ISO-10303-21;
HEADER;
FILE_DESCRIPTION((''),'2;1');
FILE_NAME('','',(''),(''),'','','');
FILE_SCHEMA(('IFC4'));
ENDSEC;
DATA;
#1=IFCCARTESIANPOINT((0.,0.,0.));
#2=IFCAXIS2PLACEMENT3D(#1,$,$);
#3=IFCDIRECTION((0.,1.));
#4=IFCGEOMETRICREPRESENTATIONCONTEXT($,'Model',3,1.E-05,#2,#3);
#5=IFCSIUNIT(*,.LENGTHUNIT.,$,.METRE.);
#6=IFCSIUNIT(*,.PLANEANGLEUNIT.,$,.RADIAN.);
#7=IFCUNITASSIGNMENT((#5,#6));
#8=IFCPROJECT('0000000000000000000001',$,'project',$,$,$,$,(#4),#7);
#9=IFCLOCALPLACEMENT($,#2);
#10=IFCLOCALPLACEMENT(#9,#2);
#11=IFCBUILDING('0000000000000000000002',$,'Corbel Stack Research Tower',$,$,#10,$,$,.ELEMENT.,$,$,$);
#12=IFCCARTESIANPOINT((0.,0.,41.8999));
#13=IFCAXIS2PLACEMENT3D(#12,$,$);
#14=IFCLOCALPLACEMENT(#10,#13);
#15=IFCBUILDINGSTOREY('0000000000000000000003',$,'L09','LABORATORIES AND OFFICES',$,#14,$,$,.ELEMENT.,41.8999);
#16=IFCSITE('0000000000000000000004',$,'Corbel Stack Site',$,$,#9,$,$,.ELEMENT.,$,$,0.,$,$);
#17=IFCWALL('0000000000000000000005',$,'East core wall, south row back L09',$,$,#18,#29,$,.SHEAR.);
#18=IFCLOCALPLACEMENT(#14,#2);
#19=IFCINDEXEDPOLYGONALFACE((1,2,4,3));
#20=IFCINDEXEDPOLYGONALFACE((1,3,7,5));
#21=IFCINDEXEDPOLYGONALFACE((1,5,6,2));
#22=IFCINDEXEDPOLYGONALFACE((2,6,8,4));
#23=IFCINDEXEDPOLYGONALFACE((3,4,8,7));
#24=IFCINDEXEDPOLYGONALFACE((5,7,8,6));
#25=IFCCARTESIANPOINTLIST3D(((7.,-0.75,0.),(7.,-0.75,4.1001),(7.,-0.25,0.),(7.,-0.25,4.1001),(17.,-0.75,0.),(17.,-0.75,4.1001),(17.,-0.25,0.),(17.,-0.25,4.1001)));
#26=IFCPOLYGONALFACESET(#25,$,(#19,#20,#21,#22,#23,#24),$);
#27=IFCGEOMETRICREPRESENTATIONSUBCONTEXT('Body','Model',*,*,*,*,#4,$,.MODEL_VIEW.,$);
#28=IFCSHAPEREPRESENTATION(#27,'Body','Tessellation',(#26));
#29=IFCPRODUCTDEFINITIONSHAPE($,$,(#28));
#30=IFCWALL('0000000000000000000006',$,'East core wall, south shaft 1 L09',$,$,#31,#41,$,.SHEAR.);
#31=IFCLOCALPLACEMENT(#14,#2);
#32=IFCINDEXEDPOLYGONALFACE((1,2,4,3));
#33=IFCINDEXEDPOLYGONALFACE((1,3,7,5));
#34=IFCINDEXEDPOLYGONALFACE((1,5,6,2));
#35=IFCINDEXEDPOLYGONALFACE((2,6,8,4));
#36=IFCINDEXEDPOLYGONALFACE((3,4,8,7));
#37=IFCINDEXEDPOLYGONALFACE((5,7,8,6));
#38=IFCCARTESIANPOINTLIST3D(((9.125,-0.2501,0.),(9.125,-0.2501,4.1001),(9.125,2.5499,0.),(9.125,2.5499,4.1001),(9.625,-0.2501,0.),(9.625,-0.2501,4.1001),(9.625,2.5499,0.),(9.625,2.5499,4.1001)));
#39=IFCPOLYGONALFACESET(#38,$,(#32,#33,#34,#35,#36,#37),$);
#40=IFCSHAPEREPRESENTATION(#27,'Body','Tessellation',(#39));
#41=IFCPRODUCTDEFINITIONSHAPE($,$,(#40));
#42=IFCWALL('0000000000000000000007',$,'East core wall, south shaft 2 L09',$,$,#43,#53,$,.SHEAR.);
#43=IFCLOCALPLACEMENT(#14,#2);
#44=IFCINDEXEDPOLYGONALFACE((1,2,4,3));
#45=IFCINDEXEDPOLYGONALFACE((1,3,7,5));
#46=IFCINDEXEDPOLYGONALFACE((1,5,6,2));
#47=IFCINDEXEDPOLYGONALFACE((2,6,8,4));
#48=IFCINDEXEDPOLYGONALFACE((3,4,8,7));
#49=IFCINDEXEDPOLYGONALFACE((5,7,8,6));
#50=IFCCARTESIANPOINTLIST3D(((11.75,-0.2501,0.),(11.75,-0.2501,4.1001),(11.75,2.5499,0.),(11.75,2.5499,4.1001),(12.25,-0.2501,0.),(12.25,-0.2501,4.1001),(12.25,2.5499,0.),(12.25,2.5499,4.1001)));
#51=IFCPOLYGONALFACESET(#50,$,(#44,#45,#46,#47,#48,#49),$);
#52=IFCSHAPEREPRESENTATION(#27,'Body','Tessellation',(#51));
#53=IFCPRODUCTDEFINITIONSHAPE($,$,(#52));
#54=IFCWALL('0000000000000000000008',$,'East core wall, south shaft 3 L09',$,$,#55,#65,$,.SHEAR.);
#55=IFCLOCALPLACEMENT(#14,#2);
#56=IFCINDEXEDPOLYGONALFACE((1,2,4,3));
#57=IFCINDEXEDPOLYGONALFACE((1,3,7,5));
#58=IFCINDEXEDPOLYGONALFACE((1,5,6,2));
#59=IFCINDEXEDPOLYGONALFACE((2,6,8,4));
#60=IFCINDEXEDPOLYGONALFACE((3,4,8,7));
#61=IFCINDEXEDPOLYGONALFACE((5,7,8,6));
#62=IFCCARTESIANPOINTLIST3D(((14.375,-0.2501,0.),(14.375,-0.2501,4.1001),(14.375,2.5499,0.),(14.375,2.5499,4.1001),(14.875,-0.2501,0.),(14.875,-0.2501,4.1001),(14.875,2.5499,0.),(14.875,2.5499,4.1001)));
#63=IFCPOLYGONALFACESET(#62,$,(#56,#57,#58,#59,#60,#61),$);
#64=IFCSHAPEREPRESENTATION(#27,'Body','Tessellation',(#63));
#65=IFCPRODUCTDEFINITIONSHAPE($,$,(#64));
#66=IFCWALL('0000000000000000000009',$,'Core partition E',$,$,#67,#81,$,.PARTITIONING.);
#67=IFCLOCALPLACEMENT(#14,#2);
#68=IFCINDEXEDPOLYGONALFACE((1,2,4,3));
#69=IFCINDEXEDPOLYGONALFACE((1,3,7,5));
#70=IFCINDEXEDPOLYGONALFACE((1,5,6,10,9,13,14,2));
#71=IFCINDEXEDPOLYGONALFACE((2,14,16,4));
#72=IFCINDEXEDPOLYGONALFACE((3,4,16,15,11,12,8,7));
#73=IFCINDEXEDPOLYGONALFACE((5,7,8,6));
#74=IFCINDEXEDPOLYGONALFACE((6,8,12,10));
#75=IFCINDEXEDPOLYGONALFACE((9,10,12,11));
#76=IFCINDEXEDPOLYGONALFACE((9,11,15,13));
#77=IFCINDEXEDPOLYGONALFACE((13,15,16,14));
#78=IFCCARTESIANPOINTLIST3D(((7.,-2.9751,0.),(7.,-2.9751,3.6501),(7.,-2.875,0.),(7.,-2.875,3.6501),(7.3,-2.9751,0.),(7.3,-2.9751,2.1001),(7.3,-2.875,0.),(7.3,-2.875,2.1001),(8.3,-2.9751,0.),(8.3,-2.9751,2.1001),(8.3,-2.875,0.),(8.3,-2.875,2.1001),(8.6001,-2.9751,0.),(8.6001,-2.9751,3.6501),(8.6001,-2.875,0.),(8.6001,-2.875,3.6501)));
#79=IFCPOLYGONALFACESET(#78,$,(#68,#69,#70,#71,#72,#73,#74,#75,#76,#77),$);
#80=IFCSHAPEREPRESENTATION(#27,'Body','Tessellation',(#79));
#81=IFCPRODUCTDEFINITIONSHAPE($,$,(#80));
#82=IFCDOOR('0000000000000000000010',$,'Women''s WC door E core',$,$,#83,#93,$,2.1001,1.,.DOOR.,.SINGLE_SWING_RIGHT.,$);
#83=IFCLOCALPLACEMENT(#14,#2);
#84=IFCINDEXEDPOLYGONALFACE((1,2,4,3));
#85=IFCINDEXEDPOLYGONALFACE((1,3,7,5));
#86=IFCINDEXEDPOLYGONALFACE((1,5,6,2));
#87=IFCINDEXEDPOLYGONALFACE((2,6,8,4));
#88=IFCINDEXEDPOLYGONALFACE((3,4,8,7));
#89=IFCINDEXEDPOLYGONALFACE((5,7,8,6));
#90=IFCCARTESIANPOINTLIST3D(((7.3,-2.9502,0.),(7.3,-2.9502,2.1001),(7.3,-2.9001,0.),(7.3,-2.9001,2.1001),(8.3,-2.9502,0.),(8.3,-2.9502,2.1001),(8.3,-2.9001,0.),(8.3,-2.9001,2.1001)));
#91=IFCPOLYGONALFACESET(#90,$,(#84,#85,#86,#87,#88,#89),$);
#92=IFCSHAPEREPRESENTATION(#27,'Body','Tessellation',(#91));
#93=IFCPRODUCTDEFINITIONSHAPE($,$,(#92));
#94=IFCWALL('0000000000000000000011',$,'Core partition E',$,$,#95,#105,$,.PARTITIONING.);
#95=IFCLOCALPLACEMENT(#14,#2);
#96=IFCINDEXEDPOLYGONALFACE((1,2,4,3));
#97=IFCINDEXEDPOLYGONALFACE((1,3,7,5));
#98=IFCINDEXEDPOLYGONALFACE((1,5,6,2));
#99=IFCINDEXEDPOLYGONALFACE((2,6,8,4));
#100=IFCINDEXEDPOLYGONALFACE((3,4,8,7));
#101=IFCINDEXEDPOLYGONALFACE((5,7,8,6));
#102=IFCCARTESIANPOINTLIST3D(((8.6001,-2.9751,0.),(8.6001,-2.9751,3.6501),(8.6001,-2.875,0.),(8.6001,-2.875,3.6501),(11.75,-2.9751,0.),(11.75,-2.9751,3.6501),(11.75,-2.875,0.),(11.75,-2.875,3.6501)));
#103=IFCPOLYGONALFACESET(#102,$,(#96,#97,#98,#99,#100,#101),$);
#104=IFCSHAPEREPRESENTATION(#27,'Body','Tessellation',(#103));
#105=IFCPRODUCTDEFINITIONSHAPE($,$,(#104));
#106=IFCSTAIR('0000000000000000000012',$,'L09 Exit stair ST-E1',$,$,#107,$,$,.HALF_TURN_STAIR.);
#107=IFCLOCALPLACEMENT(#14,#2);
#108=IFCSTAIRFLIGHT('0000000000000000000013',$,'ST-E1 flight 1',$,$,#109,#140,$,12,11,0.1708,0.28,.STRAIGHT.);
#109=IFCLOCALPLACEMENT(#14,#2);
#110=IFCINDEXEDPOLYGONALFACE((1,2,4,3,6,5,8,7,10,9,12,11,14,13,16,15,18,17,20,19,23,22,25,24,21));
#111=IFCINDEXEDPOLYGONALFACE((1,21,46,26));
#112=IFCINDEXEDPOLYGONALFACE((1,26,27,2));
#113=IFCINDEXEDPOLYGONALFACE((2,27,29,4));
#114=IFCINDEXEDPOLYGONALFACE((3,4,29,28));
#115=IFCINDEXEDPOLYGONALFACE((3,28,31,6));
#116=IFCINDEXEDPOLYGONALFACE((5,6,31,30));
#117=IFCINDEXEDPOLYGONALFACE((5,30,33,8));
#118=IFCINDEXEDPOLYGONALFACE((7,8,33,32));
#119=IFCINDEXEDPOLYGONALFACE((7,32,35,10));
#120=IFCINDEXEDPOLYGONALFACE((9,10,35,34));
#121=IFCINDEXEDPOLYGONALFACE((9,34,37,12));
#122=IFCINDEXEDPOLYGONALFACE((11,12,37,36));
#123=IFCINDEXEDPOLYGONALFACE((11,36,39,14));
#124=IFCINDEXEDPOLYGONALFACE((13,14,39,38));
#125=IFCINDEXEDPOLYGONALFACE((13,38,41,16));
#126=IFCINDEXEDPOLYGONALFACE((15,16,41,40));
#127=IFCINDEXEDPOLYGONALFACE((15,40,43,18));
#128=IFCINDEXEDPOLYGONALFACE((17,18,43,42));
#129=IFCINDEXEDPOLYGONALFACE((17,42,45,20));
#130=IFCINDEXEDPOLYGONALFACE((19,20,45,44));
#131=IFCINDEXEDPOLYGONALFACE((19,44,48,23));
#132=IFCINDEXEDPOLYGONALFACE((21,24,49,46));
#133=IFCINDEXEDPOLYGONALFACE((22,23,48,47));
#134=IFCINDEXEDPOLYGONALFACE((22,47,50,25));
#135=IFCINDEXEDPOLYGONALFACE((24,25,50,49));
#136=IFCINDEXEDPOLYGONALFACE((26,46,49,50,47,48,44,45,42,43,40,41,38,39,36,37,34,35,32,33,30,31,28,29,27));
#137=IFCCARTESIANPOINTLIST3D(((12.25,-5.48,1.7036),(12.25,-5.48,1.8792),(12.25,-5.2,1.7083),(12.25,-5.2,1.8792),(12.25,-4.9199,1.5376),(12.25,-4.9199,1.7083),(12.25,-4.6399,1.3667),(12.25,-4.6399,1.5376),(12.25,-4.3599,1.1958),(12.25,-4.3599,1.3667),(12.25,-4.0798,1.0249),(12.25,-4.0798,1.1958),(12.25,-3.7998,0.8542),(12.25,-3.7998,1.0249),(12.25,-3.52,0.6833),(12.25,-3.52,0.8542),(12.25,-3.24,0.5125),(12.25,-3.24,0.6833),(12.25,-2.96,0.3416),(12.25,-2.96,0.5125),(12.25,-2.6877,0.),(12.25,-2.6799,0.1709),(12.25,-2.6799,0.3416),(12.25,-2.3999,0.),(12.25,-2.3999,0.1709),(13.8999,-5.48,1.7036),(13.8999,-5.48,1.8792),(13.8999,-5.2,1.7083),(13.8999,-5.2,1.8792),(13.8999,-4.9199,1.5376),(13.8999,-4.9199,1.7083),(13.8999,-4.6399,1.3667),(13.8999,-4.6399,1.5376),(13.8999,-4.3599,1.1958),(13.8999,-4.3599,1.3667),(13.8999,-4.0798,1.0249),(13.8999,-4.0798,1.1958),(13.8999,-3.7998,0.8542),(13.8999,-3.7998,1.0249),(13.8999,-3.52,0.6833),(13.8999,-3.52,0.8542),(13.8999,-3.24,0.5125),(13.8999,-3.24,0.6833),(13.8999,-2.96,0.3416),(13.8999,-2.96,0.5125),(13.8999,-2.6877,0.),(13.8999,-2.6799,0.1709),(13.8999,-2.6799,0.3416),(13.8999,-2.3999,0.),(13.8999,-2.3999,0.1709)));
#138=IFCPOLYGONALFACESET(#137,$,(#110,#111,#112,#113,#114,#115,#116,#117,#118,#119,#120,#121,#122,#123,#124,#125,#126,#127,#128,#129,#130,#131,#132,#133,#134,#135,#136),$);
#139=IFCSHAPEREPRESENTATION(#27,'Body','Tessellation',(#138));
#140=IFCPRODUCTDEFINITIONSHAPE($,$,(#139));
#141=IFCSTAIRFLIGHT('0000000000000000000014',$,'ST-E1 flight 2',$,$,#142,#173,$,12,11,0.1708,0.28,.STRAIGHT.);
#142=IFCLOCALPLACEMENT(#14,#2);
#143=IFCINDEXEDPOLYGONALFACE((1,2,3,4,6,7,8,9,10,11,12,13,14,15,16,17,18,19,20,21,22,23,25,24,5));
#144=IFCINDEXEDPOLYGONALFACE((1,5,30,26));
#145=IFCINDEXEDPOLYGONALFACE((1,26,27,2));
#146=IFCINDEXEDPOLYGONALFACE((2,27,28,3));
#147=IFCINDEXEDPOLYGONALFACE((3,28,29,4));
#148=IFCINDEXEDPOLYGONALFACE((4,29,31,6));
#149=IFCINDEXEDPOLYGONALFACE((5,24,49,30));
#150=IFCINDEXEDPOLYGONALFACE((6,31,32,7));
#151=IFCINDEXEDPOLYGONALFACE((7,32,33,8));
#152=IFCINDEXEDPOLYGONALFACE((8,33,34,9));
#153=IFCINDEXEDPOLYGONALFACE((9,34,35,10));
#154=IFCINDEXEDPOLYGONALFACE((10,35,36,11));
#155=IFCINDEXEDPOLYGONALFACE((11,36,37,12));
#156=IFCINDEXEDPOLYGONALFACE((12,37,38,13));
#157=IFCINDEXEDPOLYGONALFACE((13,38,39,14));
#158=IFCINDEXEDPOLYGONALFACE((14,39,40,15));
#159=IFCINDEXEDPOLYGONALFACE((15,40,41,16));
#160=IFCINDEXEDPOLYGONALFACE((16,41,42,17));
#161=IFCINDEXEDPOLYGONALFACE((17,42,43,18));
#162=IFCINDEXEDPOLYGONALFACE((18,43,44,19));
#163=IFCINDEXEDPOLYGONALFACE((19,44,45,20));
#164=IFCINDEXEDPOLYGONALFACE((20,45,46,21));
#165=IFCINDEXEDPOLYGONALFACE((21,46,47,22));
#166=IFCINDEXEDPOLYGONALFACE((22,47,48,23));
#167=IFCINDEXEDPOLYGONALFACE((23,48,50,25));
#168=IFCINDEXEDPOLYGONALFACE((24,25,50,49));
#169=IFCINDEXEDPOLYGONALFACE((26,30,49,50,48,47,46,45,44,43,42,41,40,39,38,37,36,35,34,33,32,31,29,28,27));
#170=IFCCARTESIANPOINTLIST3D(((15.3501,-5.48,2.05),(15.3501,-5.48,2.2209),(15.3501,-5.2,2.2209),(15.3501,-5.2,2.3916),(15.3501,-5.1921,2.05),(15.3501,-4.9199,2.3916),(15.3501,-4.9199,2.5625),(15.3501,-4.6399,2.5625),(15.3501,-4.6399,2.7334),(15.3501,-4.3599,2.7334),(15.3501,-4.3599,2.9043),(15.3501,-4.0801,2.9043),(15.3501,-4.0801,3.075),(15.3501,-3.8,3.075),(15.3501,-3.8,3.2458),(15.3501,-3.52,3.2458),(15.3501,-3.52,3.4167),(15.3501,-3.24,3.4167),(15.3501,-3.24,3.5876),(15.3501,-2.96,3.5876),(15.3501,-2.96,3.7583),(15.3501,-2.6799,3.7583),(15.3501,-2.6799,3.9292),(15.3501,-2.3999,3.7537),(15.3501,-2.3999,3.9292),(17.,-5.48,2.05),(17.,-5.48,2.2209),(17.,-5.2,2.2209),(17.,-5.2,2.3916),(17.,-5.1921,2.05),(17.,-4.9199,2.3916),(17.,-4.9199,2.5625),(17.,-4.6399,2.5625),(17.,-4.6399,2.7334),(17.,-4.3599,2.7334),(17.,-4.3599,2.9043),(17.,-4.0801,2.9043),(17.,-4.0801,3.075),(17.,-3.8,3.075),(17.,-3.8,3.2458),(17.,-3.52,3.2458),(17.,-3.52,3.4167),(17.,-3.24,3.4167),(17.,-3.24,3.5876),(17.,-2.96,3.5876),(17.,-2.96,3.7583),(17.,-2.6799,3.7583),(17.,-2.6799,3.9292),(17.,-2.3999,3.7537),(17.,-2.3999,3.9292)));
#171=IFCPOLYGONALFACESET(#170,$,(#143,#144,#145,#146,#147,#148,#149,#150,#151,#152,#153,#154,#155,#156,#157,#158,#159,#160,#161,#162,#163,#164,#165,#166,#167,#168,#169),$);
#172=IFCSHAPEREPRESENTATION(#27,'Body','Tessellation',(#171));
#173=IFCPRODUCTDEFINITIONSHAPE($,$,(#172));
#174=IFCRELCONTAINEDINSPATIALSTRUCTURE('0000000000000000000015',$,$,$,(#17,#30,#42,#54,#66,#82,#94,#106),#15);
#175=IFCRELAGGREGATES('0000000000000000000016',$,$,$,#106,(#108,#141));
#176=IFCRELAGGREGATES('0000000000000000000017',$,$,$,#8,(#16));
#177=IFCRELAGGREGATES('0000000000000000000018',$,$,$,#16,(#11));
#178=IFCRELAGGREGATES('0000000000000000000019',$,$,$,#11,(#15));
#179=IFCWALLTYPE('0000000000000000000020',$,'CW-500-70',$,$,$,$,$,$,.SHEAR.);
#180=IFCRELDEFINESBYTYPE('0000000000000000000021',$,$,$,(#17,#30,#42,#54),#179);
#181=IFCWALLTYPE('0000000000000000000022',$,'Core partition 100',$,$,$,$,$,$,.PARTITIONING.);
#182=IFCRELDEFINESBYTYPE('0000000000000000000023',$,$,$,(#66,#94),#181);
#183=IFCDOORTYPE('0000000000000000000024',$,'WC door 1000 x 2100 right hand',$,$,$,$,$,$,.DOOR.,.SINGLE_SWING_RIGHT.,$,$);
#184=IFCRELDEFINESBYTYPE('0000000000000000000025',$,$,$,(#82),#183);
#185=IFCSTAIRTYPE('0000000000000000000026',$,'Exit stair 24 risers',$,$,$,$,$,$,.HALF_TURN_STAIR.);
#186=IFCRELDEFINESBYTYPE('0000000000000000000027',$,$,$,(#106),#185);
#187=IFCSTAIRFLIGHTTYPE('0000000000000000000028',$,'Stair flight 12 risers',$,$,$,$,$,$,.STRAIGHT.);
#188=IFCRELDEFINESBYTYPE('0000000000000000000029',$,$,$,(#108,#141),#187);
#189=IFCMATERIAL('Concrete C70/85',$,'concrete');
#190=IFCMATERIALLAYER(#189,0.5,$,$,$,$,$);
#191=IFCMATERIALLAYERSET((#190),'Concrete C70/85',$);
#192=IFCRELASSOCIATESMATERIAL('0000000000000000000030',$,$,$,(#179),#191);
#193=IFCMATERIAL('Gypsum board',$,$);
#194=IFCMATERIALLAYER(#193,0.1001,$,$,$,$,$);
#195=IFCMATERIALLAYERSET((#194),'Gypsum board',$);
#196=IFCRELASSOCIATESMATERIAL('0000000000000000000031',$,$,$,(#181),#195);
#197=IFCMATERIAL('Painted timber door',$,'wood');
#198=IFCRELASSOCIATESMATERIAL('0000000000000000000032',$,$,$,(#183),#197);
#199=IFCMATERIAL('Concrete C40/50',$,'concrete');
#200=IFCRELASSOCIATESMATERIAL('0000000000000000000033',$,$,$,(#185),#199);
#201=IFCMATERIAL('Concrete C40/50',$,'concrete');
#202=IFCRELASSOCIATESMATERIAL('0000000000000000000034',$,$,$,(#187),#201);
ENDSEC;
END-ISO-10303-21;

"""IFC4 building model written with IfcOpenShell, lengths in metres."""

from ifc_helpers import new_model, si_unit, direction, frame, frame_2d, origin, place, context, subcontext, project, spatial, polyline, rectangle, outline, extrude, material, layer, layer_set, type_object, element, fill, aggregate, save


model = new_model("IFC4")

# Units and contexts
model_context = context("Model", 3, precision=1e-05, world=origin(), true_north=direction((0.0, 1.0)))
body_context = subcontext(model_context, "Body", "Model", "MODEL_VIEW")
ifc_project = project(units=[si_unit("LENGTHUNIT", "METRE"), si_unit("PLANEANGLEUNIT", "RADIAN")], contexts=[model_context])

# Site, building, storey
site_placement = place(None, origin())
site = spatial("IfcSite", under=ifc_project, at=site_placement, Name="Corbel Stack Site", CompositionType="ELEMENT", RefElevation=0.0)
building_placement = place(site_placement, origin())
building = spatial("IfcBuilding", under=site, at=building_placement, Name="Corbel Stack Research Tower", CompositionType="ELEMENT")
storey_placement = place(building_placement, frame((0.0, 0.0, 41.8999)))
storey = spatial("IfcBuildingStorey", under=building, at=storey_placement, Name="L09", Description="LABORATORIES AND OFFICES", CompositionType="ELEMENT", Elevation=41.8999)

# Walls
ifc_material_1 = material(Name="Concrete C70/85", Category="concrete")
ifc_layer_1 = layer(ifc_material_1, 0.5)
ifc_layer_set_1 = layer_set([ifc_layer_1], Name="Concrete C70/85")
wall_type_1 = type_object("IfcWallType", Name="CW-500-70", PredefinedType="SHEAR", material=ifc_layer_set_1)
wall_1_placement = place(storey_placement, frame((7.0, -0.5, 0.0), z_axis=(0.0, 0.0, 1.0), x_axis=(1.0, 0.0, 0.0)))
element("IfcWall", 1, at=wall_1_placement, inside=storey, type_object=wall_type_1, Name="East core wall, south row back L09", PredefinedType="SHEAR", context=body_context, shape_type="SweptSolid", body=[
    extrude(rectangle(XDim=10.0, YDim=0.5, at=frame_2d((5.0, 0.0))), origin(), (0.0, 0.0, 1.0), 4.1001),
])
for number, where, z_axis, x_axis, name in (
    (2, (9.375, -0.25, 0.0), (0.0, 0.0, 1.0), (0.0, 1.0, 0.0), "East core wall, south shaft 1 L09"),
    (3, (12.0, -0.25, 0.0), (0.0, 0.0, 1.0), (0.0, 1.0, 0.0), "East core wall, south shaft 2 L09"),
    (4, (14.625, -0.25, 0.0), (0.0, 0.0, 1.0), (0.0, 1.0, 0.0), "East core wall, south shaft 3 L09"),
):
    element("IfcWall", number, at=place(storey_placement, frame(where, z_axis=z_axis, x_axis=x_axis)), inside=storey, type_object=wall_type_1, Name=name, PredefinedType="SHEAR", context=body_context, shape_type="SweptSolid", body=[
        extrude(rectangle(XDim=2.8, YDim=0.5, at=frame_2d((1.3999, 0.0))), origin(), (0.0, 0.0, 1.0), 4.1001),
    ])

# Wall, opening, door
ifc_material_2 = material(Name="Gypsum board")
ifc_layer_2 = layer(ifc_material_2, 0.1001)
ifc_layer_set_2 = layer_set([ifc_layer_2], Name="Gypsum board")
wall_type_2 = type_object("IfcWallType", Name="Core partition 100", PredefinedType="PARTITIONING", material=ifc_layer_set_2)
wall_2_placement = place(storey_placement, frame((7.0, -2.925, 0.0), z_axis=(0.0, 0.0, 1.0), x_axis=(1.0, 0.0, 0.0)))
wall_2 = element("IfcWall", 5, at=wall_2_placement, inside=storey, type_object=wall_type_2, Name="Core partition E", PredefinedType="PARTITIONING", context=body_context, shape_type="SweptSolid", body=[
    extrude(rectangle(XDim=1.6001, YDim=0.1001, at=frame_2d((0.8, 0.0))), origin(), (0.0, 0.0, 1.0), 3.6501),
])
opening_placement = place(wall_2_placement, frame((0.3, 0.0, 0.0)))
opening = element("IfcOpeningElement", 6, at=opening_placement, cuts=wall_2, PredefinedType="OPENING", context=body_context, shape_type="SweptSolid", body=[
    extrude(rectangle(XDim=1.0, YDim=2.1001, at=frame_2d((0.5, 1.05))), frame((0.0, 0.0601, 0.0), z_axis=(0.0, -1.0, 0.0), x_axis=(1.0, 0.0, 0.0)), (0.0, 0.0, 1.0), 0.1201),
])
ifc_material_3 = material(Name="Painted timber door", Category="wood")
door_type = type_object("IfcDoorType", Name="WC door 1000 x 2100 right hand", OperationType="SINGLE_SWING_RIGHT", PredefinedType="DOOR", material=ifc_material_3)
door_placement = place(opening_placement, origin())
door = element("IfcDoor", 7, at=door_placement, inside=storey, type_object=door_type, Name="Women's WC door E core", OperationType="SINGLE_SWING_RIGHT", OverallHeight=2.1001, OverallWidth=1.0, PredefinedType="DOOR", context=body_context, shape_type="SweptSolid", body=[
    extrude(rectangle(XDim=1.0, YDim=2.1001, at=frame_2d((0.5, 1.05))), frame((0.0, 0.0249, 0.0), z_axis=(0.0, -1.0, 0.0), x_axis=(1.0, 0.0, 0.0)), (0.0, 0.0, 1.0), 0.05),
])
fill(opening, door)

# Wall
wall_3_placement = place(storey_placement, frame((8.6001, -2.925, 0.0), z_axis=(0.0, 0.0, 1.0), x_axis=(1.0, 0.0, 0.0)))
element("IfcWall", 8, at=wall_3_placement, inside=storey, type_object=wall_type_2, Name="Core partition E", PredefinedType="PARTITIONING", context=body_context, shape_type="SweptSolid", body=[
    extrude(rectangle(XDim=3.1499, YDim=0.1001, at=frame_2d((1.575, 0.0))), origin(), (0.0, 0.0, 1.0), 3.6501),
])

# Stair, stair flights
ifc_material_4 = material(Name="Concrete C40/50", Category="concrete")
stair_type = type_object("IfcStairType", Name="Exit stair 24 risers", PredefinedType="HALF_TURN_STAIR", material=ifc_material_4)
stair_placement = place(storey_placement, origin())
stair = element("IfcStair", 9, at=stair_placement, inside=storey, type_object=stair_type, Name="L09 Exit stair ST-E1", PredefinedType="HALF_TURN_STAIR")
ifc_material_5 = material(Name="Concrete C40/50", Category="concrete")
stair_flight_type = type_object("IfcStairFlightType", Name="Stair flight 12 risers", PredefinedType="STRAIGHT", material=ifc_material_5)
stair_flight_1_placement = place(storey_placement, frame((13.075, -2.3999, 0.0), z_axis=(0.0, 0.0, 1.0), x_axis=(0.0, -1.0, 0.0)))
stair_flight_1 = element("IfcStairFlight", 10, at=stair_flight_1_placement, type_object=stair_flight_type, Name="ST-E1 flight 1", NumberOfRisers=12, NumberOfTreads=11, PredefinedType="STRAIGHT", RiserHeight=0.1708, TreadLength=0.28, context=body_context, shape_type="SweptSolid", body=[
    extrude(outline(polyline([(0.0, 0.0), (0.0, 0.1709), (0.28, 0.1709), (0.28, 0.3416), (0.5601, 0.3416), (0.5601, 0.5125), (0.8401, 0.5125), (0.8401, 0.6833), (1.1201, 0.6833), (1.1201, 0.8542), (1.3999, 0.8542), (1.3999, 1.0249), (1.6799, 1.0249), (1.6799, 1.1958), (1.96, 1.1958), (1.96, 1.3667), (2.24, 1.3667), (2.24, 1.5376), (2.52, 1.5376), (2.52, 1.7083), (2.8, 1.7083), (2.8, 1.8792), (3.0801, 1.8792), (3.0801, 2.05), (3.0801, 1.7036), (0.2878, 0.0), (0.0, 0.0)])), frame((0.0, 0.825, 0.0), z_axis=(0.0, -1.0, 0.0), x_axis=(1.0, 0.0, 0.0)), (0.0, 0.0, 1.0), 1.6499),
])
stair_flight_2_placement = place(storey_placement, frame((16.175, -5.48, 2.05), z_axis=(0.0, 0.0, 1.0), x_axis=(0.0, 1.0, 0.0)))
stair_flight_2 = element("IfcStairFlight", 11, at=stair_flight_2_placement, type_object=stair_flight_type, Name="ST-E1 flight 2", NumberOfRisers=12, NumberOfTreads=11, PredefinedType="STRAIGHT", RiserHeight=0.1708, TreadLength=0.28, context=body_context, shape_type="SweptSolid", body=[
    extrude(outline(polyline([(0.0, 0.0), (0.0, 0.1709), (0.28, 0.1709), (0.28, 0.3416), (0.5601, 0.3416), (0.5601, 0.5125), (0.8401, 0.5125), (0.8401, 0.6833), (1.1201, 0.6833), (1.1201, 0.8542), (1.3999, 0.8542), (1.3999, 1.0249), (1.6799, 1.0249), (1.6799, 1.1958), (1.96, 1.1958), (1.96, 1.3667), (2.24, 1.3667), (2.24, 1.5376), (2.52, 1.5376), (2.52, 1.7083), (2.8, 1.7083), (2.8, 1.8792), (3.0801, 1.8792), (3.0801, 2.05), (3.0801, 1.7036), (0.2878, 0.0), (0.0, 0.0)])), frame((0.0, 0.825, 0.0), z_axis=(0.0, -1.0, 0.0), x_axis=(1.0, 0.0, 0.0)), (0.0, 0.0, 1.0), 1.6499),
])
aggregate(stair, [stair_flight_1, stair_flight_2])

save(model, "model.ifc")
